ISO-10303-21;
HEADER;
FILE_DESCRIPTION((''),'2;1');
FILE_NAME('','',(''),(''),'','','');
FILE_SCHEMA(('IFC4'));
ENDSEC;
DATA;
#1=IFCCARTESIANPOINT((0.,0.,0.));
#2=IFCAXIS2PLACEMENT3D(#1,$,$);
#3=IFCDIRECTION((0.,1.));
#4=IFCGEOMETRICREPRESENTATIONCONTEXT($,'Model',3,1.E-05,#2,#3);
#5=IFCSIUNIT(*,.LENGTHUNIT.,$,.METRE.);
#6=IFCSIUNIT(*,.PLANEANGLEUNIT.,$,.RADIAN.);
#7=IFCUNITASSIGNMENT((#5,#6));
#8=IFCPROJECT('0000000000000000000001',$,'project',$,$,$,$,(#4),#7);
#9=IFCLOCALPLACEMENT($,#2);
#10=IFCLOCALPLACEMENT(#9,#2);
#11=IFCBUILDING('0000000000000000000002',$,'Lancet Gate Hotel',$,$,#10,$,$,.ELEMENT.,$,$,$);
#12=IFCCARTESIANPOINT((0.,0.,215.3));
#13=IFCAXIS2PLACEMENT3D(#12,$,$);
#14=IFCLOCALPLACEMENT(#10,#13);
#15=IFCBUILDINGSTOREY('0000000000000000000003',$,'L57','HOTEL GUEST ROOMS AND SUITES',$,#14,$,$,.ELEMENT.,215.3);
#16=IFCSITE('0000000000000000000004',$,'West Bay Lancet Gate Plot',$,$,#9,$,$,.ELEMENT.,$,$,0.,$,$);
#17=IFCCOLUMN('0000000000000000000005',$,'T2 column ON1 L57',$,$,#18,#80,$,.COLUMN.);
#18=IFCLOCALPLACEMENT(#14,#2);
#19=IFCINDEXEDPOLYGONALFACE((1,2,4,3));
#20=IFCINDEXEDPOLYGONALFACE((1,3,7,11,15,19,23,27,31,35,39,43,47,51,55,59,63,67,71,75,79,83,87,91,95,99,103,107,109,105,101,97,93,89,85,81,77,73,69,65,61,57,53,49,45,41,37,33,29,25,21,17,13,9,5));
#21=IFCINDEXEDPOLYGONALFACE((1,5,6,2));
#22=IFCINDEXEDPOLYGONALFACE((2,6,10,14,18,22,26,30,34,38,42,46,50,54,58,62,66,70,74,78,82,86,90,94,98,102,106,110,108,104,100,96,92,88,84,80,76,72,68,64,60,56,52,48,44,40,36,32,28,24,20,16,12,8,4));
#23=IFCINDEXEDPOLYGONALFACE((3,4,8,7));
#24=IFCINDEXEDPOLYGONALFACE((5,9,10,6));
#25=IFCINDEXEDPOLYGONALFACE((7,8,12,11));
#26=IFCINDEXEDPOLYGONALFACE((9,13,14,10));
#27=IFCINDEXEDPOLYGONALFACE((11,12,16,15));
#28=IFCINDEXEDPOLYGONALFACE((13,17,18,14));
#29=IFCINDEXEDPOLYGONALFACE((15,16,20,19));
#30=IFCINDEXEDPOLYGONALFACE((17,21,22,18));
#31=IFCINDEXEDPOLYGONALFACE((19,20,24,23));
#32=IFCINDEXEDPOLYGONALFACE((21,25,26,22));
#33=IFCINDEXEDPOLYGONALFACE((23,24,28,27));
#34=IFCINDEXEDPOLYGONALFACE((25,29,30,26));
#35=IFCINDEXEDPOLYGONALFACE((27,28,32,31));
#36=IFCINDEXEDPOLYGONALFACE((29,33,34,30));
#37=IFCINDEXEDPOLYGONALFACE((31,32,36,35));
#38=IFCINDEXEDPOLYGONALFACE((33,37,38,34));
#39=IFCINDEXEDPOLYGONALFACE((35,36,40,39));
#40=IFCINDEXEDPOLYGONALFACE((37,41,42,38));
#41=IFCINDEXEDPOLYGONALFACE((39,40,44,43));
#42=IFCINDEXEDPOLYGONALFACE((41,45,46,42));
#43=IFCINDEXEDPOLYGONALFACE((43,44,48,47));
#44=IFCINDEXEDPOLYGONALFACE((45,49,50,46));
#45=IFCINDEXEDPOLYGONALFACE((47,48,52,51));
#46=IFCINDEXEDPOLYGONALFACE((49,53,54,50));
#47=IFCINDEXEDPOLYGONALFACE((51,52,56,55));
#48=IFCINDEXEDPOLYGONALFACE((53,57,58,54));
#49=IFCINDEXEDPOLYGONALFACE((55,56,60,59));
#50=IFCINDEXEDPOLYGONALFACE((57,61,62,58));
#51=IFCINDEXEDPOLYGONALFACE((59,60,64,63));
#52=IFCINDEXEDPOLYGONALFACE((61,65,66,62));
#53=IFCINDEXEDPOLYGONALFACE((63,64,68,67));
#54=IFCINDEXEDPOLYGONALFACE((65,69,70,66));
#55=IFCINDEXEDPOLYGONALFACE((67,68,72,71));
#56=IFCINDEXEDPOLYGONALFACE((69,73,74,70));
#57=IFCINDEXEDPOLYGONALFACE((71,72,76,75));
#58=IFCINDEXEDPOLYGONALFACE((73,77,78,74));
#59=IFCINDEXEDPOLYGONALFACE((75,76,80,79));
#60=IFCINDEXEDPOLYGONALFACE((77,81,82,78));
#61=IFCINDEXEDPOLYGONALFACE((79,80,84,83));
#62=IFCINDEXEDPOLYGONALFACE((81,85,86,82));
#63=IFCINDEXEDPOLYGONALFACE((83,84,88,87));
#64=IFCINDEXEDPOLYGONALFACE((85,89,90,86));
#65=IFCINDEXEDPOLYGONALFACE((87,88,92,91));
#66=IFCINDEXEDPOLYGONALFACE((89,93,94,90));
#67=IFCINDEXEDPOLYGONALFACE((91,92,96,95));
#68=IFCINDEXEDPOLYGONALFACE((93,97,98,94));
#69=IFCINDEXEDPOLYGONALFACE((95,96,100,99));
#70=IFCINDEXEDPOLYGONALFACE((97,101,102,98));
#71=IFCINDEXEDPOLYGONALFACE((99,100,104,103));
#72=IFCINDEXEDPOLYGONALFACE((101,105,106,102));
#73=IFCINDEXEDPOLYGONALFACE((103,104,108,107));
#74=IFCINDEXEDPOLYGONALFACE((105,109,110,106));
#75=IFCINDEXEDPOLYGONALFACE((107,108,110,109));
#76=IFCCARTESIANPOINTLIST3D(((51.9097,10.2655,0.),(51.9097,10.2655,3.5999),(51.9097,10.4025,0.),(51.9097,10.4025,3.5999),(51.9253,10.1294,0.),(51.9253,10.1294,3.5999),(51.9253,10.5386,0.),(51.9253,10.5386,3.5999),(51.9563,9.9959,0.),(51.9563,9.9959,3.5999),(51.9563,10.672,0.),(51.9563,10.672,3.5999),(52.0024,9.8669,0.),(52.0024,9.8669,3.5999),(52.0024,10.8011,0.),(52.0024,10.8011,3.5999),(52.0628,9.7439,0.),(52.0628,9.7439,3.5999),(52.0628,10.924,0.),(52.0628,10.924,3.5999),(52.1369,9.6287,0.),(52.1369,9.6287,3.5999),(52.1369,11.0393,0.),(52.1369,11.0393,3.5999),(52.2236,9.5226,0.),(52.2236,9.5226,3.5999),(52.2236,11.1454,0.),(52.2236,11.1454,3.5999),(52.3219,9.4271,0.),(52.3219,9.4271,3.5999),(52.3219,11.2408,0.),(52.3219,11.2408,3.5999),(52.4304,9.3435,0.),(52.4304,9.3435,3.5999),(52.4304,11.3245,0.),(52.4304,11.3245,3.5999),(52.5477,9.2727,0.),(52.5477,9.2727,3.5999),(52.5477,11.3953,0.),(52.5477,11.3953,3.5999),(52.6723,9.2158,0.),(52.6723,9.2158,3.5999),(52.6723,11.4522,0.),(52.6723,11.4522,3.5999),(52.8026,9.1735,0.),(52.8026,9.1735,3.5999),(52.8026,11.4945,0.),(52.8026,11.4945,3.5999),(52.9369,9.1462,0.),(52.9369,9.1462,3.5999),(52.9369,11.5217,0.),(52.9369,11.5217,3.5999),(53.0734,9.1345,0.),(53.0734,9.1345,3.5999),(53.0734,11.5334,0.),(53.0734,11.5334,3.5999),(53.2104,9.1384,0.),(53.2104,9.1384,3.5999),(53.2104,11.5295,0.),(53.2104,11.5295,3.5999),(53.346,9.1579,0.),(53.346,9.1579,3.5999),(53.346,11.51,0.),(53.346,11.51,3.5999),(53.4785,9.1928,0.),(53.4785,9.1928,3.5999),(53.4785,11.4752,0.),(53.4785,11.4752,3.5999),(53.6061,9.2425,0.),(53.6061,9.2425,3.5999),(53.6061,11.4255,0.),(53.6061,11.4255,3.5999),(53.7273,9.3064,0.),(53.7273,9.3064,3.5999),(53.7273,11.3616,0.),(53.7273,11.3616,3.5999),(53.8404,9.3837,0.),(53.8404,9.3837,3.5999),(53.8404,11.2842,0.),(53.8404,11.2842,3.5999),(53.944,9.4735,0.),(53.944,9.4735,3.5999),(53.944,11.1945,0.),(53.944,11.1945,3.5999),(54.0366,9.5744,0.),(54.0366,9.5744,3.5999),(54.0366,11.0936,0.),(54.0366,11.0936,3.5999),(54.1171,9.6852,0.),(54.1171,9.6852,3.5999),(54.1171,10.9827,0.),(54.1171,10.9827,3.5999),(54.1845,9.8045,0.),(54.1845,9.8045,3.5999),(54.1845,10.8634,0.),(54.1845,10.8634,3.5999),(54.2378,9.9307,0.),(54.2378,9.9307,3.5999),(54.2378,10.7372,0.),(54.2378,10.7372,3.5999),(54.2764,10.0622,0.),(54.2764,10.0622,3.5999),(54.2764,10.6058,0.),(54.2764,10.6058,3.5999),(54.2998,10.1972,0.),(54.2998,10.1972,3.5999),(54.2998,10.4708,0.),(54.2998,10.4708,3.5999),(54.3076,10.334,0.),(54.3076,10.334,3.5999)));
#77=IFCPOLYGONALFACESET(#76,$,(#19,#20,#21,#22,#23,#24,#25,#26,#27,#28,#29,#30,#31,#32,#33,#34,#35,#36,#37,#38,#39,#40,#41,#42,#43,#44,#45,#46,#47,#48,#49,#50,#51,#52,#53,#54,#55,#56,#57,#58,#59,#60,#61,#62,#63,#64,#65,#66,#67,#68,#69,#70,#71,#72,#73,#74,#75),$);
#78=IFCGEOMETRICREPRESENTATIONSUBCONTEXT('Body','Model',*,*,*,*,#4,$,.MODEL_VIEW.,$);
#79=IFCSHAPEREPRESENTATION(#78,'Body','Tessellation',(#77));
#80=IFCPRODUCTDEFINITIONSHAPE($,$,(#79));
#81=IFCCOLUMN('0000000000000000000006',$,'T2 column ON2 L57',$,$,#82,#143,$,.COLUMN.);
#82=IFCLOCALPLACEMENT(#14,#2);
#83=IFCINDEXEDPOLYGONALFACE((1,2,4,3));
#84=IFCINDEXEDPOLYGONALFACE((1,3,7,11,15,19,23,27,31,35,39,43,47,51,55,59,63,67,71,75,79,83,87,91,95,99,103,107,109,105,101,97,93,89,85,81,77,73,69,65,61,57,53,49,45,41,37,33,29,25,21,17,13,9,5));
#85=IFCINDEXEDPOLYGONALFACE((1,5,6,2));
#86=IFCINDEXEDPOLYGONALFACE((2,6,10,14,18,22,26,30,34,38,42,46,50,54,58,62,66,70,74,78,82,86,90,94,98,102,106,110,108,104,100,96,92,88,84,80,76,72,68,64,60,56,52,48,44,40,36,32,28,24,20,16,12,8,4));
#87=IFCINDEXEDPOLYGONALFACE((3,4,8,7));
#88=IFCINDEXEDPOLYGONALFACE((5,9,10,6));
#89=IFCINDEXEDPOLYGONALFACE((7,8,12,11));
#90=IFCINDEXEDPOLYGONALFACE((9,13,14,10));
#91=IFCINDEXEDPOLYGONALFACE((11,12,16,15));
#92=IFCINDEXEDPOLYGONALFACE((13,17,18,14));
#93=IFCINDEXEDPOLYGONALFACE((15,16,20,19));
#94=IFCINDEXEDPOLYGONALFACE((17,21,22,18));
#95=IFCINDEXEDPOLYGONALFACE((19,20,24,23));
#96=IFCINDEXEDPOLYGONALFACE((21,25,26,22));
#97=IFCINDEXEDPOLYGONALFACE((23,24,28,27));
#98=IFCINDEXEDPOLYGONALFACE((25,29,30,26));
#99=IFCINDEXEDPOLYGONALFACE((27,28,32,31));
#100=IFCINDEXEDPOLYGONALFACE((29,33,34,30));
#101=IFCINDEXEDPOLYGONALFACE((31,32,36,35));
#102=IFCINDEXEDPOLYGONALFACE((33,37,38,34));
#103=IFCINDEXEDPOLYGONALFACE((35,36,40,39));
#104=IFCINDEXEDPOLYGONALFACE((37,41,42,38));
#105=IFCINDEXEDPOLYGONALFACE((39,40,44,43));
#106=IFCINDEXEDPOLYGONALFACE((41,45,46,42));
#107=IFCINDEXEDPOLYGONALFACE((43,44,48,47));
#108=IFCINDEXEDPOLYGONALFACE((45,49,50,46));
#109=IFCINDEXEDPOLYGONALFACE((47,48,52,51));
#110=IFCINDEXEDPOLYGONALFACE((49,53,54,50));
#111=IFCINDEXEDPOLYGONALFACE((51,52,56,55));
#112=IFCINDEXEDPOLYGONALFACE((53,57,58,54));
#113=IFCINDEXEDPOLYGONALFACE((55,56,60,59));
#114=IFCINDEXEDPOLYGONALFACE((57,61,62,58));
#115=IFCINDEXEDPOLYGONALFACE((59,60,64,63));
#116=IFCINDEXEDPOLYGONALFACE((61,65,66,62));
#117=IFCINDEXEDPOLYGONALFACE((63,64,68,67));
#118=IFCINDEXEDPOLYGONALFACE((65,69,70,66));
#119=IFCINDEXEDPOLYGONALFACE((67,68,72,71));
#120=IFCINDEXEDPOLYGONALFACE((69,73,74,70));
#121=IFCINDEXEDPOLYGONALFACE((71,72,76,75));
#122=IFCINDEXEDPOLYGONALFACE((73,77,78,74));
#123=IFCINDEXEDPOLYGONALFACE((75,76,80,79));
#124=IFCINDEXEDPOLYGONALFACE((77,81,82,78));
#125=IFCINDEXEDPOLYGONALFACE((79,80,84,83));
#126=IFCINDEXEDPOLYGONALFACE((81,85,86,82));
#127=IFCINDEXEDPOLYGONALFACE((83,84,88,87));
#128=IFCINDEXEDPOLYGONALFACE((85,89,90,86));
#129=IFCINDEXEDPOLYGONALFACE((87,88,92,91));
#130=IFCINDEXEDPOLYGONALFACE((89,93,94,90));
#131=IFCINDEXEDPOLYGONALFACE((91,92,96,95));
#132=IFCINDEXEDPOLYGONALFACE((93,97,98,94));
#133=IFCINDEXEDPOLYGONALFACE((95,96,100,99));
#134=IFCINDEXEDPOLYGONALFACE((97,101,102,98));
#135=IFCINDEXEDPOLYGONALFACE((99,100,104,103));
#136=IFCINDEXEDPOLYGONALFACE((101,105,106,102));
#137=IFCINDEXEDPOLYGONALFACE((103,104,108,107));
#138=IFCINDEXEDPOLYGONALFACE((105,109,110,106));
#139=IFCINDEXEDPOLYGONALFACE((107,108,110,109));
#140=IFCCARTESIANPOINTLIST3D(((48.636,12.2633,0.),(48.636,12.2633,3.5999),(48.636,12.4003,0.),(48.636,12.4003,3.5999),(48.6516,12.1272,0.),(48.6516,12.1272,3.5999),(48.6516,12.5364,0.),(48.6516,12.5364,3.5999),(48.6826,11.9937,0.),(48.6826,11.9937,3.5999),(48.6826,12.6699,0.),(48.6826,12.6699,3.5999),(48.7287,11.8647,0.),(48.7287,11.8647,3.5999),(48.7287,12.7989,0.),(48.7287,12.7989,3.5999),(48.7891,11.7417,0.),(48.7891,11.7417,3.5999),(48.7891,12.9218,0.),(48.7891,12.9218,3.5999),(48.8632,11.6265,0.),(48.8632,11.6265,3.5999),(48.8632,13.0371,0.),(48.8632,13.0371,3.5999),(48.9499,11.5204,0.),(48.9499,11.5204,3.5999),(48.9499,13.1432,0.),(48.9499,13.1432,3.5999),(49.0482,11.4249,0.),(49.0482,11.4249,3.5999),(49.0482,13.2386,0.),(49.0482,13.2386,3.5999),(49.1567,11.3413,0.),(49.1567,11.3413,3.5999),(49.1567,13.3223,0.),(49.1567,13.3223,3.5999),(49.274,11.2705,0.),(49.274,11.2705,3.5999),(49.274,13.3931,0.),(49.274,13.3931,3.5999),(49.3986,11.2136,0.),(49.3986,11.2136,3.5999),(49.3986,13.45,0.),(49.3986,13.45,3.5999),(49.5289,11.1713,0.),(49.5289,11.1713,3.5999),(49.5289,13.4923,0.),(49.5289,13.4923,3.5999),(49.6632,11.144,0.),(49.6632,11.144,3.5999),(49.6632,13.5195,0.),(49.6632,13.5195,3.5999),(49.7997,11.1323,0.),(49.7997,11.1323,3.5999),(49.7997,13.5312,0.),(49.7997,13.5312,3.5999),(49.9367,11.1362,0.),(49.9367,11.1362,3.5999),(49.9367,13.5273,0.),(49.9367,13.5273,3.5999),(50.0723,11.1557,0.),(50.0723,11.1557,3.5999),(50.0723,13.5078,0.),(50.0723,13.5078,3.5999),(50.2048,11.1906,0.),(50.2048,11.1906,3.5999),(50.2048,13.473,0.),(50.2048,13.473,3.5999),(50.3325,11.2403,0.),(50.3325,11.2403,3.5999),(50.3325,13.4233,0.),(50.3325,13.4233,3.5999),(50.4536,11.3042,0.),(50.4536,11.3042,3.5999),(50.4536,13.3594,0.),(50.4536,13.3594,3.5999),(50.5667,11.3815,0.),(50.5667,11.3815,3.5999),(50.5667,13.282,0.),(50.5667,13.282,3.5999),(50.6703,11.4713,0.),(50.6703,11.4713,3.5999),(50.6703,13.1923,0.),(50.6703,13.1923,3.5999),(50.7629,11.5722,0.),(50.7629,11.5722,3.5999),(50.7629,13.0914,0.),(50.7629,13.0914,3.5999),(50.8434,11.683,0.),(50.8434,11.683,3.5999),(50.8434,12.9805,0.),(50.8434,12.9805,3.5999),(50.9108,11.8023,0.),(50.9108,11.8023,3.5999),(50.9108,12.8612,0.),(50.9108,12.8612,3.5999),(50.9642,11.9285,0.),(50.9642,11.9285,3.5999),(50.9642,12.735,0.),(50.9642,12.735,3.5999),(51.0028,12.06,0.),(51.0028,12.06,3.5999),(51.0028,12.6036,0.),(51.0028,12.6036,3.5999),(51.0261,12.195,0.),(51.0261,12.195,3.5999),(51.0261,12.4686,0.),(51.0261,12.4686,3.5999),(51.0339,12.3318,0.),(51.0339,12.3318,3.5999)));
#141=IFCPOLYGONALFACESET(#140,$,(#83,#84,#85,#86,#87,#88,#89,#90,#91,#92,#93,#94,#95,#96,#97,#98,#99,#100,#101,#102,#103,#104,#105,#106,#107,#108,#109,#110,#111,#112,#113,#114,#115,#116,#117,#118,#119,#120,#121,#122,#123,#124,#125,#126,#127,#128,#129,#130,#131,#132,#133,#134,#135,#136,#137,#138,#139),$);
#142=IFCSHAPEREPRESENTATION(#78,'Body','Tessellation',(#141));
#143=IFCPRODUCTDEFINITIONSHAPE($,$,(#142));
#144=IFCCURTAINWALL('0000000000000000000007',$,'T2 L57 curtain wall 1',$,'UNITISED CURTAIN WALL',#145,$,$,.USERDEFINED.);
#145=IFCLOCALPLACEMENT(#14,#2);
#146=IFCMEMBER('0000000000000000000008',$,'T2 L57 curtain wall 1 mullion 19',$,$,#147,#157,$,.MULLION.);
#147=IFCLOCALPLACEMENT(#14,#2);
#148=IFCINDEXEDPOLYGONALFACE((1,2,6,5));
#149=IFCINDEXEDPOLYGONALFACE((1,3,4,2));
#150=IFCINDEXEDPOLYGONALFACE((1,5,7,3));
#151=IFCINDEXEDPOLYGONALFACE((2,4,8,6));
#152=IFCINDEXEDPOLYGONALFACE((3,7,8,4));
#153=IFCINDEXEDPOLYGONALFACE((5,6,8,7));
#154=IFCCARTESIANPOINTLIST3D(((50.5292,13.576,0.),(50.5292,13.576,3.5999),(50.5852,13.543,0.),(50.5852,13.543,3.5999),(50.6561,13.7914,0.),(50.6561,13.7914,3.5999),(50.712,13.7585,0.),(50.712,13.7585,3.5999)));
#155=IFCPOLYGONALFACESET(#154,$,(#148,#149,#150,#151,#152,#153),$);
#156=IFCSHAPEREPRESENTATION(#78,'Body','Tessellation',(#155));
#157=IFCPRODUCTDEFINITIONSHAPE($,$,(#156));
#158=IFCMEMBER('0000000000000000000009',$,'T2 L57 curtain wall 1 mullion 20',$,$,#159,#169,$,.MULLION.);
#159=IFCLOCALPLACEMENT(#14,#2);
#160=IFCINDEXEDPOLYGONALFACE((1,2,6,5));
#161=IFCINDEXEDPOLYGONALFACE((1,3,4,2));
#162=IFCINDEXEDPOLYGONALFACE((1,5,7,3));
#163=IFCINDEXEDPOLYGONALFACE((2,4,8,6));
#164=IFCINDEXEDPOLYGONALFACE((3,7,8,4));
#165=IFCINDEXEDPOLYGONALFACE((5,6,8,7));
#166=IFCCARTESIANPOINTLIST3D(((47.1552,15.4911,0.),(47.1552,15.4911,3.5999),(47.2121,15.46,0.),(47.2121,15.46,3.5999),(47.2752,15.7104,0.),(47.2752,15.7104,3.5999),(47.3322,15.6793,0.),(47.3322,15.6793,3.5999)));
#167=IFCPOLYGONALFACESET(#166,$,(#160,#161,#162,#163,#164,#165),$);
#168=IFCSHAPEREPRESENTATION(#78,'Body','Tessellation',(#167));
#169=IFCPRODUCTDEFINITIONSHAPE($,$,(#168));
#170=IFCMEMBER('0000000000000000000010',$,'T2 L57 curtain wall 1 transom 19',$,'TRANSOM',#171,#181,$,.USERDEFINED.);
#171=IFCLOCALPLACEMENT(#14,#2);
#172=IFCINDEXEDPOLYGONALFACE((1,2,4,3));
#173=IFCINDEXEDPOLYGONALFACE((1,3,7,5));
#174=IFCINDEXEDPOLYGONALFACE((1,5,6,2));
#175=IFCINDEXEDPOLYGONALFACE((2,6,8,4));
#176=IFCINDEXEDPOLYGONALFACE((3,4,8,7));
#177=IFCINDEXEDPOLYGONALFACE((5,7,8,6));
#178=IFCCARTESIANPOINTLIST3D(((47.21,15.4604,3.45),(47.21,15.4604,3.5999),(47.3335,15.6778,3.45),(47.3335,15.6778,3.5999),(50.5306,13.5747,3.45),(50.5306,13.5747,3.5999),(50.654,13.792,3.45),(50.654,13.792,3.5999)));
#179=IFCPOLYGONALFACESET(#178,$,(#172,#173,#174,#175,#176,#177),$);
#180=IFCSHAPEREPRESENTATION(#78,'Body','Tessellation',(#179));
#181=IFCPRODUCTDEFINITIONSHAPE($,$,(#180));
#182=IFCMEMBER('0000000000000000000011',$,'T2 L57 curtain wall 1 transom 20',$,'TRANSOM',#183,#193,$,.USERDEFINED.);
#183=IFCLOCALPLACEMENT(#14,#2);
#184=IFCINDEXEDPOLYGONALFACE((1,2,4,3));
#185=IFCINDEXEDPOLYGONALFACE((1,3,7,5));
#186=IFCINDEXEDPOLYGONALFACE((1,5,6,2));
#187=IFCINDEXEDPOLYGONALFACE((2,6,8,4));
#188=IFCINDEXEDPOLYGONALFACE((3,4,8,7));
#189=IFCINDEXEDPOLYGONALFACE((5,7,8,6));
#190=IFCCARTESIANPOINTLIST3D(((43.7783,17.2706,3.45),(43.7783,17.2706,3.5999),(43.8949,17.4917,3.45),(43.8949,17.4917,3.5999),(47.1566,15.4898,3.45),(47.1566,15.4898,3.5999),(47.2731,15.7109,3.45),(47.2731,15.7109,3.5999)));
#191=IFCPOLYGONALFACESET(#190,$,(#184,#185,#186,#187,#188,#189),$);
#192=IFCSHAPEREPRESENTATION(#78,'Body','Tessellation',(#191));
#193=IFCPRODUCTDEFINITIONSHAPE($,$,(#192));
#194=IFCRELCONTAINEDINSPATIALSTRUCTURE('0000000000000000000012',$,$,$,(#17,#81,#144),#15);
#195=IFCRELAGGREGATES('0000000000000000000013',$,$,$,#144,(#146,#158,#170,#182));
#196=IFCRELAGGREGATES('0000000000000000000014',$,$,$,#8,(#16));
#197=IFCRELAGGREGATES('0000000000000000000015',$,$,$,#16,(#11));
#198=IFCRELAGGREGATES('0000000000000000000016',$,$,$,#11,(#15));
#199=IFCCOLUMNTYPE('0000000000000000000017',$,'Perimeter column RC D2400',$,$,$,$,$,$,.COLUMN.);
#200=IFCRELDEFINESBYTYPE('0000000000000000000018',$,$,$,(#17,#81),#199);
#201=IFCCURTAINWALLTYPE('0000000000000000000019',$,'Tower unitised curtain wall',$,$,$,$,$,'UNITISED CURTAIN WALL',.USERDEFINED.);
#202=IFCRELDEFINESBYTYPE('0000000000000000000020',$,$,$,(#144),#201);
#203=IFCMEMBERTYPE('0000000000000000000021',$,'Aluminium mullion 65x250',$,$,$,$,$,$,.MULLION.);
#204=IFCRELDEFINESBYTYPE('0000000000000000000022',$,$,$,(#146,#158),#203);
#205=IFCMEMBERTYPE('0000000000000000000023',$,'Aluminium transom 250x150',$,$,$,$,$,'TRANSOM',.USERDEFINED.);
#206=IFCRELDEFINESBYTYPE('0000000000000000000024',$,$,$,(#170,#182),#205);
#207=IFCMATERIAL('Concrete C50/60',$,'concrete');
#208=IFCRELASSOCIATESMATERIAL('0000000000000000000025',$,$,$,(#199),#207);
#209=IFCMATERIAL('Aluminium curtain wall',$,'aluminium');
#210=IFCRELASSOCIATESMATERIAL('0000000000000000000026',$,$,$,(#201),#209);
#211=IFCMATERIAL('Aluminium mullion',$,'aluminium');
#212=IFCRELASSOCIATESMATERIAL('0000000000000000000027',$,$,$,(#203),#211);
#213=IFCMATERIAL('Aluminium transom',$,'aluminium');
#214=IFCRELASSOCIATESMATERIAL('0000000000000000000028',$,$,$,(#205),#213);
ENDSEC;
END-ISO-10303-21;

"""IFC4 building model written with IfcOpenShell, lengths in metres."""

from ifc_helpers import new_model, si_unit, direction, frame, origin, origin_2d, place, context, subcontext, project, spatial, rectangle, circle, extrude, material, material_profile, profile_set, type_object, element, aggregate, save


model = new_model("IFC4")

# Units and contexts
model_context = context("Model", 3, precision=1e-05, world=origin(), true_north=direction((0.0, 1.0)))
body_context = subcontext(model_context, "Body", "Model", "MODEL_VIEW")
ifc_project = project(units=[si_unit("LENGTHUNIT", "METRE"), si_unit("PLANEANGLEUNIT", "RADIAN")], contexts=[model_context])

# Site, building, storey
site_placement = place(None, origin())
site = spatial("IfcSite", under=ifc_project, at=site_placement, Name="West Bay Lancet Gate Plot", CompositionType="ELEMENT", RefElevation=0.0)
building_placement = place(site_placement, origin())
building = spatial("IfcBuilding", under=site, at=building_placement, Name="Lancet Gate Hotel", CompositionType="ELEMENT")
storey_placement = place(building_placement, frame((0.0, 0.0, 215.3)))
storey = spatial("IfcBuildingStorey", under=building, at=storey_placement, Name="L57", Description="HOTEL GUEST ROOMS AND SUITES", CompositionType="ELEMENT", Elevation=215.3)

# Columns
ifc_material_1 = material(Name="Concrete C50/60", Category="concrete")
ifc_material_profile_1 = material_profile(ifc_material_1, circle(Radius=1.2, at=origin_2d()), Name="RC D2400")
ifc_profile_set_1 = profile_set([ifc_material_profile_1], Name="Concrete C50/60")
column_type = type_object("IfcColumnType", Name="Perimeter column RC D2400", PredefinedType="COLUMN", material=ifc_profile_set_1)
for number, where, z_axis, x_axis, name in (
    (1, (53.1077, 10.334, 0.0), (0.0, 0.0, 1.0), (1.0, 0.0, 0.0), "T2 column ON1 L57"),
    (2, (49.834, 12.3318, 0.0), (0.0, 0.0, 1.0), (1.0, 0.0, 0.0), "T2 column ON2 L57"),
):
    element("IfcColumn", number, at=place(storey_placement, frame(where, z_axis=z_axis, x_axis=x_axis)), inside=storey, type_object=column_type, Name=name, PredefinedType="COLUMN", context=body_context, shape_type="SweptSolid", body=[
        extrude(circle(Radius=1.2, at=origin_2d()), origin(), (0.0, 0.0, 1.0), 3.5999),
    ])

# Curtain wall, members
ifc_material_2 = material(Name="Aluminium curtain wall", Category="aluminium")
curtain_wall_type = type_object("IfcCurtainWallType", Name="Tower unitised curtain wall", ElementType="UNITISED CURTAIN WALL", PredefinedType="USERDEFINED", material=ifc_material_2)
curtain_wall_placement = place(storey_placement, origin())
curtain_wall = element("IfcCurtainWall", 3, at=curtain_wall_placement, inside=storey, type_object=curtain_wall_type, Name="T2 L57 curtain wall 1", ObjectType="UNITISED CURTAIN WALL", PredefinedType="USERDEFINED")
ifc_material_3 = material(Name="Aluminium mullion", Category="aluminium")
ifc_material_profile_2 = material_profile(ifc_material_3, rectangle(XDim=0.0649, YDim=0.25, at=origin_2d()), Name="MULLION 65x250")
ifc_profile_set_2 = profile_set([ifc_material_profile_2], Name="Aluminium mullion")
member_type_1 = type_object("IfcMemberType", Name="Aluminium mullion 65x250", PredefinedType="MULLION", material=ifc_profile_set_2)
member_1_placement = place(storey_placement, frame((50.6206, 13.6672, 0.0), z_axis=(0.0, 0.0, 1.0), x_axis=(-0.861692, 0.507432, 0.0)))
member_1 = element("IfcMember", 4, at=member_1_placement, type_object=member_type_1, Name="T2 L57 curtain wall 1 mullion 19", PredefinedType="MULLION", context=body_context, shape_type="SweptSolid", body=[
    extrude(rectangle(XDim=0.0649, YDim=0.25, at=origin_2d()), origin(), (0.0, 0.0, 1.0), 3.5999),
])
member_2_placement = place(storey_placement, frame((47.2437, 15.5852, 0.0), z_axis=(0.0, 0.0, 1.0), x_axis=(-0.877195, 0.480135, 0.0)))
member_2 = element("IfcMember", 5, at=member_2_placement, type_object=member_type_1, Name="T2 L57 curtain wall 1 mullion 20", PredefinedType="MULLION", context=body_context, shape_type="SweptSolid", body=[
    extrude(rectangle(XDim=0.0649, YDim=0.25, at=origin_2d()), origin(), (0.0, 0.0, 1.0), 3.5999),
])
ifc_material_4 = material(Name="Aluminium transom", Category="aluminium")
ifc_material_profile_3 = material_profile(ifc_material_4, rectangle(XDim=0.25, YDim=0.1499, at=origin_2d()), Name="TRANSOM 250x150")
ifc_profile_set_3 = profile_set([ifc_material_profile_3], Name="Aluminium transom")
member_type_2 = type_object("IfcMemberType", Name="Aluminium transom 250x150", ElementType="TRANSOM", PredefinedType="USERDEFINED", material=ifc_profile_set_3)
member_3_placement = place(storey_placement, frame((50.5923, 13.6833, 3.5249), z_axis=(-0.869562, 0.493824, 0.0), x_axis=(-0.493824, -0.869562, 0.0)))
member_3 = element("IfcMember", 6, at=member_3_placement, type_object=member_type_2, Name="T2 L57 curtain wall 1 transom 19", ObjectType="TRANSOM", PredefinedType="USERDEFINED", context=body_context, shape_type="SweptSolid", body=[
    extrude(rectangle(XDim=0.25, YDim=0.1499, at=origin_2d()), origin(), (0.0, 0.0, 1.0), 3.8186),
])
member_4_placement = place(storey_placement, frame((47.2148, 15.6003, 3.5249), z_axis=(-0.884618, 0.466315, 0.0), x_axis=(-0.466315, -0.884618, 0.0)))
member_4 = element("IfcMember", 7, at=member_4_placement, type_object=member_type_2, Name="T2 L57 curtain wall 1 transom 20", ObjectType="TRANSOM", PredefinedType="USERDEFINED", context=body_context, shape_type="SweptSolid", body=[
    extrude(rectangle(XDim=0.25, YDim=0.1499, at=origin_2d()), origin(), (0.0, 0.0, 1.0), 3.8188),
])

aggregate(curtain_wall, [member_1, member_2, member_3, member_4])

save(model, "model.ifc")
